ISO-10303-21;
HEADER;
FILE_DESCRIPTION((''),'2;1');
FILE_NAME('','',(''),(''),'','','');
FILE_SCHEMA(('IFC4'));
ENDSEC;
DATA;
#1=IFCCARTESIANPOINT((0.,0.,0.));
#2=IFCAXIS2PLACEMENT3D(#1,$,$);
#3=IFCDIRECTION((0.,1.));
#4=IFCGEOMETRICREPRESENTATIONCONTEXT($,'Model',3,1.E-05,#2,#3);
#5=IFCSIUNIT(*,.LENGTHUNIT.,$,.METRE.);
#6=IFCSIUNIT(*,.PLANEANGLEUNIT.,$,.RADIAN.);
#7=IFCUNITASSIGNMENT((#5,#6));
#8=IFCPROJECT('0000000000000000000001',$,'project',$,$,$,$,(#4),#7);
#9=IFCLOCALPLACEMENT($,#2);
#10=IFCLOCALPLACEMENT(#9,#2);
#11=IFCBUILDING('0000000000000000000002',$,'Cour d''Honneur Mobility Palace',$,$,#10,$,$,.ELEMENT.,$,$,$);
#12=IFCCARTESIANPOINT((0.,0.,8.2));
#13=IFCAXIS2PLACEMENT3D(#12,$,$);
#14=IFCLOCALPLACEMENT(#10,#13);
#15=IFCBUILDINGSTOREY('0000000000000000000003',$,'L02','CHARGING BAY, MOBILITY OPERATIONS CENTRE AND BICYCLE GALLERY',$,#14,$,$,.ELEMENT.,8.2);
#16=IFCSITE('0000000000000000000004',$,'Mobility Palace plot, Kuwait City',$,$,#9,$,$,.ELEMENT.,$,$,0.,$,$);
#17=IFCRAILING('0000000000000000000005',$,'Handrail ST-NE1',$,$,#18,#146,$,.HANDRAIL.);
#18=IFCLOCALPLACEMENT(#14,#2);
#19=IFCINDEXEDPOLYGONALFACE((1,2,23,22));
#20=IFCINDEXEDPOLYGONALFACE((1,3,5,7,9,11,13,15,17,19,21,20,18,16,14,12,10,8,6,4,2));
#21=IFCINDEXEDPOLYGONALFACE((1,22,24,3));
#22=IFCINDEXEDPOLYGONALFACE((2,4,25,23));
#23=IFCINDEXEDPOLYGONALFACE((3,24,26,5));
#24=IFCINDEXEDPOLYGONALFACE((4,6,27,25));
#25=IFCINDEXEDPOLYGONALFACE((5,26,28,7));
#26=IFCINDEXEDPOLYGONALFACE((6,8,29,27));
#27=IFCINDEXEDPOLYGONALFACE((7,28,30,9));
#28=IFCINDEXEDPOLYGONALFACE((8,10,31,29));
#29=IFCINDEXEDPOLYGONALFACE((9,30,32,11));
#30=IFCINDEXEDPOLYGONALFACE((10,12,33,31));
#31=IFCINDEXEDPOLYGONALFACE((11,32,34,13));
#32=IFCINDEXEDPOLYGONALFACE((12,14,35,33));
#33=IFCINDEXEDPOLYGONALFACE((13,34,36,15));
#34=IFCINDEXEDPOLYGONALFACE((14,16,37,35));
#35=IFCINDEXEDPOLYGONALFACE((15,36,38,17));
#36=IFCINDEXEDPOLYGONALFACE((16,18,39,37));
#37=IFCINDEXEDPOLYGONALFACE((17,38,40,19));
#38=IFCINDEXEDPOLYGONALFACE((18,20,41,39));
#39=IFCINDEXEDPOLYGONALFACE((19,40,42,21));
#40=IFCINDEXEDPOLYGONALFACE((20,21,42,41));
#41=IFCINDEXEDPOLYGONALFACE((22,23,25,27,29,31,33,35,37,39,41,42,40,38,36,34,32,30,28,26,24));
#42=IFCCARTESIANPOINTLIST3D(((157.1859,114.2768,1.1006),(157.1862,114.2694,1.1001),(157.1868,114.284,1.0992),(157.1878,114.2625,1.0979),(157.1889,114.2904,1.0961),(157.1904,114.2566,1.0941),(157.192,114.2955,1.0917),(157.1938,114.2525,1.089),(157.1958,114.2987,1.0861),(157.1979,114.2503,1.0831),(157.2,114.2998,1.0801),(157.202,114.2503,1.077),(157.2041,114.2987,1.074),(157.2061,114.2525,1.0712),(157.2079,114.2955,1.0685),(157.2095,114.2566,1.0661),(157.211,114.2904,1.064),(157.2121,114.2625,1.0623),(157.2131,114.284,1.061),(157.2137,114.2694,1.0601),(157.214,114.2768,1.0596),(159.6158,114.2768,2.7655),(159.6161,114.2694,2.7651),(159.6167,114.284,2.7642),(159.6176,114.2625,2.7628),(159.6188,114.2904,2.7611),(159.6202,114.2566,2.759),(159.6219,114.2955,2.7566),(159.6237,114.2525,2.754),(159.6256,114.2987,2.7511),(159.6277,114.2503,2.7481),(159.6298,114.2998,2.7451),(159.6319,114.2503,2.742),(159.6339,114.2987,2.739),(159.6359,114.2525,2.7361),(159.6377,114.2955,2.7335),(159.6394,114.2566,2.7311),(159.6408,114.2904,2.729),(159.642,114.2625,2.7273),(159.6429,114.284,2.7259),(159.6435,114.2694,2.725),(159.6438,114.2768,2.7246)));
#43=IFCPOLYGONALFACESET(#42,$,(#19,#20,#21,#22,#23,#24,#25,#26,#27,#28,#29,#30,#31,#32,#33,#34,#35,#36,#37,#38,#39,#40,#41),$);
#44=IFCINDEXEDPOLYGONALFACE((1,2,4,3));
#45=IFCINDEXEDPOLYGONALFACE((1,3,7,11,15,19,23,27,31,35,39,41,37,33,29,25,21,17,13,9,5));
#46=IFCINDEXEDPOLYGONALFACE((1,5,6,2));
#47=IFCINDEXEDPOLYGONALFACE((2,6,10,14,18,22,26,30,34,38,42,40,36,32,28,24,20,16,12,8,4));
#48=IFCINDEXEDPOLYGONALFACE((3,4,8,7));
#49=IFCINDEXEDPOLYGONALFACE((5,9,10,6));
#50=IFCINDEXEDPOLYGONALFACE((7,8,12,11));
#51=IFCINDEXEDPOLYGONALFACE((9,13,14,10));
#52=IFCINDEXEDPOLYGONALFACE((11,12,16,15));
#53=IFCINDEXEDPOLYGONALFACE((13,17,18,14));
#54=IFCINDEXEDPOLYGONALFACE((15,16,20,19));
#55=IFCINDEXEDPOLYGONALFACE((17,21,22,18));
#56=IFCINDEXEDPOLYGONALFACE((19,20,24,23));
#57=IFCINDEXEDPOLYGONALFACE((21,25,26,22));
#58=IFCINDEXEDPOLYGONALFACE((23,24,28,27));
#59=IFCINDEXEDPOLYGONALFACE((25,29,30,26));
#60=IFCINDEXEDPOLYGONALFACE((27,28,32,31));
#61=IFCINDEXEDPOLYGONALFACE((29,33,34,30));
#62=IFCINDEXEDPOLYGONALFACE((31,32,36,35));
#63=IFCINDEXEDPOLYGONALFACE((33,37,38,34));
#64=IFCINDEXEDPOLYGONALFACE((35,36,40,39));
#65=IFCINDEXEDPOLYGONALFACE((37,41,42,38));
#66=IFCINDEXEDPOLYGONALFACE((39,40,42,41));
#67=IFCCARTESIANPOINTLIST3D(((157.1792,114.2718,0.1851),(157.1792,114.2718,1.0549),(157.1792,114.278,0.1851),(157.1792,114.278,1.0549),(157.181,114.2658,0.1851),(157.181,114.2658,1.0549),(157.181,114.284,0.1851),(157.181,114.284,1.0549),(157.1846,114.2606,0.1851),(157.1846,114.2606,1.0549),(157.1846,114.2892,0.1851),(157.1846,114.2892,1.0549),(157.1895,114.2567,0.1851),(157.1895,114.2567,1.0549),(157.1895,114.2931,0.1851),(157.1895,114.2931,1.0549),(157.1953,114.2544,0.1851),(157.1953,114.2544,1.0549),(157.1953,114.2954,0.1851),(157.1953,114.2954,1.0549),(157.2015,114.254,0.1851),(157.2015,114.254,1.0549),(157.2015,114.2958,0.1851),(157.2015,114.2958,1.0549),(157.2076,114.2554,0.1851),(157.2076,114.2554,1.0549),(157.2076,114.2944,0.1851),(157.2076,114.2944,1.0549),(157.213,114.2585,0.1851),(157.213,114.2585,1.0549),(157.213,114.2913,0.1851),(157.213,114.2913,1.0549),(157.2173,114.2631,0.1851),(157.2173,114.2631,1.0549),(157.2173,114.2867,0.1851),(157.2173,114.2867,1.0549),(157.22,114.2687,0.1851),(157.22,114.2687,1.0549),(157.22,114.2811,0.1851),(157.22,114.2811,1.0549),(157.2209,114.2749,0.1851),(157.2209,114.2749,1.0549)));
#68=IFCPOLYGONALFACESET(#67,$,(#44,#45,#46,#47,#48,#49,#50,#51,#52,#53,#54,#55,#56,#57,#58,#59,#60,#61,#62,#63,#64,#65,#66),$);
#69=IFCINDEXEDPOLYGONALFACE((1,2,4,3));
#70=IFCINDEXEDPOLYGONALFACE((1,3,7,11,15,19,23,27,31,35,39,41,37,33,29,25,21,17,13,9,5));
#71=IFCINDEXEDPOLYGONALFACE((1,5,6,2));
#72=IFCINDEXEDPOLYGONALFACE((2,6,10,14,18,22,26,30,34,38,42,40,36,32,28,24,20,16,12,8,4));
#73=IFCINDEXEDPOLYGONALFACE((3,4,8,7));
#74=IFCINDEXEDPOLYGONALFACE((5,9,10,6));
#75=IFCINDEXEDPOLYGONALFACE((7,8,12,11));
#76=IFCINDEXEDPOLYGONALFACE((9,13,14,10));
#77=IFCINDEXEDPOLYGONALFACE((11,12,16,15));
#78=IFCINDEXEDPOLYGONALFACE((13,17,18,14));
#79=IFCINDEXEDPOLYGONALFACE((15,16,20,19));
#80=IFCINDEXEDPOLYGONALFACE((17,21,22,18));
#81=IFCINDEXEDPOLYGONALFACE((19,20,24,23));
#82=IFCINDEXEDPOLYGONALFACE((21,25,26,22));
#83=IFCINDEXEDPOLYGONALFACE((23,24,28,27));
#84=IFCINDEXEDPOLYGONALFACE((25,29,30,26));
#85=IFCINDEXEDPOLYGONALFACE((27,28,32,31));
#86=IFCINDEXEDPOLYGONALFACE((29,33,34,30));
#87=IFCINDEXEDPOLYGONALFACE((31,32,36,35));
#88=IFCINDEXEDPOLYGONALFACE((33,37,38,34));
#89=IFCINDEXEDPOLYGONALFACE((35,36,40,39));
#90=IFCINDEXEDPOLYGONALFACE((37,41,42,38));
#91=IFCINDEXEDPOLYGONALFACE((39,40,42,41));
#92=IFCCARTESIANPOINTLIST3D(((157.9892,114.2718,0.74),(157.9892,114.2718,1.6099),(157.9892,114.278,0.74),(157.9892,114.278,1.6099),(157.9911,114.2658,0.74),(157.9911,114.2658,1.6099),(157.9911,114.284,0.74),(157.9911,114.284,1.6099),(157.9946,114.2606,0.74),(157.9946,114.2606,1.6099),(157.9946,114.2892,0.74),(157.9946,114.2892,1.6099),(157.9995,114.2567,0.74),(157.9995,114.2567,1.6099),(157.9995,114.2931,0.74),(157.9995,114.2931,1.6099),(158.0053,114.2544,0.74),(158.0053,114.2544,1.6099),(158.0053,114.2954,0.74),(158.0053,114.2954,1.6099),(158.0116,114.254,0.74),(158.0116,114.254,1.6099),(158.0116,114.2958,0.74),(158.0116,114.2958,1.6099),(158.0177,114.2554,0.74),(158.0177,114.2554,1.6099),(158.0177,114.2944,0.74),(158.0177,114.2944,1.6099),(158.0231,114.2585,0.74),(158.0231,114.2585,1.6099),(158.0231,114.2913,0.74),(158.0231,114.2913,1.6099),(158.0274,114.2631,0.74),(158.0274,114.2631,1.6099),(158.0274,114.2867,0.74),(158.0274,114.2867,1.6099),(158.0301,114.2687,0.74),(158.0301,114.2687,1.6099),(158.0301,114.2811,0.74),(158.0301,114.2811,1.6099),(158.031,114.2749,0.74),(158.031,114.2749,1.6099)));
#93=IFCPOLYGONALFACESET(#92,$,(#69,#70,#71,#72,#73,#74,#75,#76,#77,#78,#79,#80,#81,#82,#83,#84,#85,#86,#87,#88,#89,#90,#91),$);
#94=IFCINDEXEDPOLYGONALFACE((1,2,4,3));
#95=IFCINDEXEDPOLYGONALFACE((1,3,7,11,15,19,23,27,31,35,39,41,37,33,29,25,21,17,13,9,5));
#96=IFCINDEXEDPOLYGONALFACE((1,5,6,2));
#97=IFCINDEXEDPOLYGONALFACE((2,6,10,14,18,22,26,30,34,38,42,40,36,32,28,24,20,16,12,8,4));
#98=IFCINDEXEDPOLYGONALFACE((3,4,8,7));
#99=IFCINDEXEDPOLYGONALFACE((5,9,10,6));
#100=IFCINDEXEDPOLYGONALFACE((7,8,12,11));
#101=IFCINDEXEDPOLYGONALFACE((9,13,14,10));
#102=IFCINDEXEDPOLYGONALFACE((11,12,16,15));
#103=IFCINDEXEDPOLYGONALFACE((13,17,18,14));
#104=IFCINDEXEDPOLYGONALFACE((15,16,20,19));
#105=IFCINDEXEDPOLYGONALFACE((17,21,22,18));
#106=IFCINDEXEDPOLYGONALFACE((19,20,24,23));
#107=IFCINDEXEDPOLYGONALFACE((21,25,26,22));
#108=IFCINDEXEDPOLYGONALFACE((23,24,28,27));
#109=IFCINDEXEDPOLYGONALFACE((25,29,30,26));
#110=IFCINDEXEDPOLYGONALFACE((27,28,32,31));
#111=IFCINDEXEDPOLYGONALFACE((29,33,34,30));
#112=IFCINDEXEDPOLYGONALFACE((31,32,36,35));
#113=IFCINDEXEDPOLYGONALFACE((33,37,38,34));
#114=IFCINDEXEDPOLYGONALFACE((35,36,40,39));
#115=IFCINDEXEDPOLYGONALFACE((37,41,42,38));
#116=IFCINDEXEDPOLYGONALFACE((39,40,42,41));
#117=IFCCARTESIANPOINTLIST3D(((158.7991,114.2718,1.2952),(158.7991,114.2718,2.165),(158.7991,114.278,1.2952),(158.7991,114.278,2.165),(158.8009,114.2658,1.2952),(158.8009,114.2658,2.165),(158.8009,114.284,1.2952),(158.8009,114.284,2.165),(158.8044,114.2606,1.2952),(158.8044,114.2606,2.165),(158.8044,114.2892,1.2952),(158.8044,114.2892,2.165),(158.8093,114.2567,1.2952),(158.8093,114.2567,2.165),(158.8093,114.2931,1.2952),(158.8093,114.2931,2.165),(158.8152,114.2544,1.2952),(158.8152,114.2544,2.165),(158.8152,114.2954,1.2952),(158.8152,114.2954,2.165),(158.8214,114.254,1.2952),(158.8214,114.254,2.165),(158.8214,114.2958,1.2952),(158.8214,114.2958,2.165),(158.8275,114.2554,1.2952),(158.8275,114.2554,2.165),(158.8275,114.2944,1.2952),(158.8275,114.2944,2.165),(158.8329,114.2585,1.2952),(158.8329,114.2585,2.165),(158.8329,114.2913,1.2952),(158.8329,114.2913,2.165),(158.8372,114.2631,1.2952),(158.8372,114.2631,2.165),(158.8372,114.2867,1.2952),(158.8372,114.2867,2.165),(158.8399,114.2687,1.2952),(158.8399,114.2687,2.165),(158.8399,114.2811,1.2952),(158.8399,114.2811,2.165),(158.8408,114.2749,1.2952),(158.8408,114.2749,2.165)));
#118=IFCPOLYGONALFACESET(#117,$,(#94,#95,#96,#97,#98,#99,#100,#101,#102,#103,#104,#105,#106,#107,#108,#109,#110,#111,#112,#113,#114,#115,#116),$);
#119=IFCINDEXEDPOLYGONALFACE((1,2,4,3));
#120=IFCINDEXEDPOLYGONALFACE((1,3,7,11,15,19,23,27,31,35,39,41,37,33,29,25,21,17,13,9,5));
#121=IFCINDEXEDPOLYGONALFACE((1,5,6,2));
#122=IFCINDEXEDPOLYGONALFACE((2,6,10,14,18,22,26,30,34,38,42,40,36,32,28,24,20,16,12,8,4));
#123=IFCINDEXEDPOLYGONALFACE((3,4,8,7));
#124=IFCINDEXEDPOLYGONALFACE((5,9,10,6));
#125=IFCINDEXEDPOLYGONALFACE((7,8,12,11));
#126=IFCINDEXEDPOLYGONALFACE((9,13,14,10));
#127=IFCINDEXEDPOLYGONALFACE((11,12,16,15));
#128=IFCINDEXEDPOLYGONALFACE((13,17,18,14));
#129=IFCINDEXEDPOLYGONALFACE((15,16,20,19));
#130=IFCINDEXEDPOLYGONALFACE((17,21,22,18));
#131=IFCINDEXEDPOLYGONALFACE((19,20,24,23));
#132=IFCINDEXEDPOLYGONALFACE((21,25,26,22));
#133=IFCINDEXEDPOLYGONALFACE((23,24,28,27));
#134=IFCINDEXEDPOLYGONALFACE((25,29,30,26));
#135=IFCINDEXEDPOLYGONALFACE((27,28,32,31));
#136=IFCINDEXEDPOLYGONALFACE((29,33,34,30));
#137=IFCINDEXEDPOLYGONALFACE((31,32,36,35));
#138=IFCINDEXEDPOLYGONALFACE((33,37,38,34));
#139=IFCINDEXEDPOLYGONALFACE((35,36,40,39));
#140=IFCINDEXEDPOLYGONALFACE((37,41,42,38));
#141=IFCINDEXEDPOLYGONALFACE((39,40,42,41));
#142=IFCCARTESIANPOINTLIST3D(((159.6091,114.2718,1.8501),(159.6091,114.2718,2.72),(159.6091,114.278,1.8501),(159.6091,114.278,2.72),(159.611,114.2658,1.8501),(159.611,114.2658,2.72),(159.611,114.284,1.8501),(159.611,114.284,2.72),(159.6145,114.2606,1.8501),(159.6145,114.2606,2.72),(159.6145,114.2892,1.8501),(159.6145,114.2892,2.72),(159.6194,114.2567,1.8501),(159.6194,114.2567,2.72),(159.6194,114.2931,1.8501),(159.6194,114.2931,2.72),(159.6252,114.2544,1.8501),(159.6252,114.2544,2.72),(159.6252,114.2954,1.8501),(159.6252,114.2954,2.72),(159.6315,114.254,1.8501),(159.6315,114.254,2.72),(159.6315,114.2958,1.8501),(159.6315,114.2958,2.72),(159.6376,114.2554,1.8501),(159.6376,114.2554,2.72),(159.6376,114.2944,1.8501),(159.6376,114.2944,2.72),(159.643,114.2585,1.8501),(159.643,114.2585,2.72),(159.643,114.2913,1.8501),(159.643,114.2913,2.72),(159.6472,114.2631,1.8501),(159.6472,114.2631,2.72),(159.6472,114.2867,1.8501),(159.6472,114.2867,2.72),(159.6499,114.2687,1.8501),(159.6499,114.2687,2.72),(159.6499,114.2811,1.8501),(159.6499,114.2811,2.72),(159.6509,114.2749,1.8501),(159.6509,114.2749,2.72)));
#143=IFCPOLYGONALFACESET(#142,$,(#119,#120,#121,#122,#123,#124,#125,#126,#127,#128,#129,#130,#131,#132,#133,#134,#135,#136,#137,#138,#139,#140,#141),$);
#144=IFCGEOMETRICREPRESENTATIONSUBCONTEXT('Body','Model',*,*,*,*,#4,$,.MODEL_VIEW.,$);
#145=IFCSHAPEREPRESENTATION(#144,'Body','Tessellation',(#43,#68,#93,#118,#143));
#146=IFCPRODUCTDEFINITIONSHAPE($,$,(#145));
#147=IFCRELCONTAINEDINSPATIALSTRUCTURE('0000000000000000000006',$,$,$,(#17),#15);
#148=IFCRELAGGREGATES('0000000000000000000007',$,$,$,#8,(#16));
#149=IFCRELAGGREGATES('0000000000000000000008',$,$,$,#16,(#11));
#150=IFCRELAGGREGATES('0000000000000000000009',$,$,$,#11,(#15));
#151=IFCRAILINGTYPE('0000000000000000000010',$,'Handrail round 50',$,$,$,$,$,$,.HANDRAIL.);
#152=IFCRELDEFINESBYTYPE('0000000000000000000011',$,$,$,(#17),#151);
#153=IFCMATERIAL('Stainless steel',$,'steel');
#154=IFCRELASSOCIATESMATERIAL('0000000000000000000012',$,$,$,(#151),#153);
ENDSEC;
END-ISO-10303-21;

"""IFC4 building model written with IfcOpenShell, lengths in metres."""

from ifc_helpers import new_model, si_unit, direction, frame, origin, origin_2d, place, context, subcontext, project, spatial, circle, extrude, material, type_object, element, save


model = new_model("IFC4")

# Units and contexts
model_context = context("Model", 3, precision=1e-05, world=origin(), true_north=direction((0.0, 1.0)))
body_context = subcontext(model_context, "Body", "Model", "MODEL_VIEW")
ifc_project = project(units=[si_unit("LENGTHUNIT", "METRE"), si_unit("PLANEANGLEUNIT", "RADIAN")], contexts=[model_context])

# Site, building, storey
site_placement = place(None, origin())
site = spatial("IfcSite", under=ifc_project, at=site_placement, Name="Mobility Palace plot, Kuwait City", CompositionType="ELEMENT", RefElevation=0.0)
building_placement = place(site_placement, origin())
building = spatial("IfcBuilding", under=site, at=building_placement, Name="Cour d'Honneur Mobility Palace", CompositionType="ELEMENT")
storey_placement = place(building_placement, frame((0.0, 0.0, 8.2)))
storey = spatial("IfcBuildingStorey", under=building, at=storey_placement, Name="L02", Description="CHARGING BAY, MOBILITY OPERATIONS CENTRE AND BICYCLE GALLERY", CompositionType="ELEMENT", Elevation=8.2)

# Railing
ifc_material_1 = material(Name="Stainless steel", Category="steel")
railing_type_1 = type_object("IfcRailingType", Name="Handrail round 50", PredefinedType="HANDRAIL", material=ifc_material_1)
for number, where, name in (
    (1, (157.2, 114.2749, 0.1851), "Handrail ST-NE1"),
):
    element("IfcRailing", number, at=place(storey_placement, frame(where)), inside=storey, type_object=railing_type_1, Name=name, PredefinedType="HANDRAIL", context=body_context, shape_type="SweptSolid", body=[
        extrude(circle(Radius=0.0249, at=origin_2d()), frame((0.0, 0.0, 0.895), z_axis=(0.824919, 0.0, 0.565251), x_axis=(0.0, 1.0, 0.0)), (0.0, 0.0, 1.0), 2.9456),
        extrude(circle(Radius=0.021, at=origin_2d()), origin(), (0.0, 0.0, 1.0), 0.8699),
        extrude(circle(Radius=0.021, at=origin_2d()), frame((0.8101, 0.0, 0.5549)), (0.0, 0.0, 1.0), 0.8699),
        extrude(circle(Radius=0.021, at=origin_2d()), frame((1.6199, 0.0, 1.1101)), (0.0, 0.0, 1.0), 0.8699),
        extrude(circle(Radius=0.021, at=origin_2d()), frame((2.4299, 0.0, 1.665)), (0.0, 0.0, 1.0), 0.8699),
    ])

save(model, "model.ifc")
